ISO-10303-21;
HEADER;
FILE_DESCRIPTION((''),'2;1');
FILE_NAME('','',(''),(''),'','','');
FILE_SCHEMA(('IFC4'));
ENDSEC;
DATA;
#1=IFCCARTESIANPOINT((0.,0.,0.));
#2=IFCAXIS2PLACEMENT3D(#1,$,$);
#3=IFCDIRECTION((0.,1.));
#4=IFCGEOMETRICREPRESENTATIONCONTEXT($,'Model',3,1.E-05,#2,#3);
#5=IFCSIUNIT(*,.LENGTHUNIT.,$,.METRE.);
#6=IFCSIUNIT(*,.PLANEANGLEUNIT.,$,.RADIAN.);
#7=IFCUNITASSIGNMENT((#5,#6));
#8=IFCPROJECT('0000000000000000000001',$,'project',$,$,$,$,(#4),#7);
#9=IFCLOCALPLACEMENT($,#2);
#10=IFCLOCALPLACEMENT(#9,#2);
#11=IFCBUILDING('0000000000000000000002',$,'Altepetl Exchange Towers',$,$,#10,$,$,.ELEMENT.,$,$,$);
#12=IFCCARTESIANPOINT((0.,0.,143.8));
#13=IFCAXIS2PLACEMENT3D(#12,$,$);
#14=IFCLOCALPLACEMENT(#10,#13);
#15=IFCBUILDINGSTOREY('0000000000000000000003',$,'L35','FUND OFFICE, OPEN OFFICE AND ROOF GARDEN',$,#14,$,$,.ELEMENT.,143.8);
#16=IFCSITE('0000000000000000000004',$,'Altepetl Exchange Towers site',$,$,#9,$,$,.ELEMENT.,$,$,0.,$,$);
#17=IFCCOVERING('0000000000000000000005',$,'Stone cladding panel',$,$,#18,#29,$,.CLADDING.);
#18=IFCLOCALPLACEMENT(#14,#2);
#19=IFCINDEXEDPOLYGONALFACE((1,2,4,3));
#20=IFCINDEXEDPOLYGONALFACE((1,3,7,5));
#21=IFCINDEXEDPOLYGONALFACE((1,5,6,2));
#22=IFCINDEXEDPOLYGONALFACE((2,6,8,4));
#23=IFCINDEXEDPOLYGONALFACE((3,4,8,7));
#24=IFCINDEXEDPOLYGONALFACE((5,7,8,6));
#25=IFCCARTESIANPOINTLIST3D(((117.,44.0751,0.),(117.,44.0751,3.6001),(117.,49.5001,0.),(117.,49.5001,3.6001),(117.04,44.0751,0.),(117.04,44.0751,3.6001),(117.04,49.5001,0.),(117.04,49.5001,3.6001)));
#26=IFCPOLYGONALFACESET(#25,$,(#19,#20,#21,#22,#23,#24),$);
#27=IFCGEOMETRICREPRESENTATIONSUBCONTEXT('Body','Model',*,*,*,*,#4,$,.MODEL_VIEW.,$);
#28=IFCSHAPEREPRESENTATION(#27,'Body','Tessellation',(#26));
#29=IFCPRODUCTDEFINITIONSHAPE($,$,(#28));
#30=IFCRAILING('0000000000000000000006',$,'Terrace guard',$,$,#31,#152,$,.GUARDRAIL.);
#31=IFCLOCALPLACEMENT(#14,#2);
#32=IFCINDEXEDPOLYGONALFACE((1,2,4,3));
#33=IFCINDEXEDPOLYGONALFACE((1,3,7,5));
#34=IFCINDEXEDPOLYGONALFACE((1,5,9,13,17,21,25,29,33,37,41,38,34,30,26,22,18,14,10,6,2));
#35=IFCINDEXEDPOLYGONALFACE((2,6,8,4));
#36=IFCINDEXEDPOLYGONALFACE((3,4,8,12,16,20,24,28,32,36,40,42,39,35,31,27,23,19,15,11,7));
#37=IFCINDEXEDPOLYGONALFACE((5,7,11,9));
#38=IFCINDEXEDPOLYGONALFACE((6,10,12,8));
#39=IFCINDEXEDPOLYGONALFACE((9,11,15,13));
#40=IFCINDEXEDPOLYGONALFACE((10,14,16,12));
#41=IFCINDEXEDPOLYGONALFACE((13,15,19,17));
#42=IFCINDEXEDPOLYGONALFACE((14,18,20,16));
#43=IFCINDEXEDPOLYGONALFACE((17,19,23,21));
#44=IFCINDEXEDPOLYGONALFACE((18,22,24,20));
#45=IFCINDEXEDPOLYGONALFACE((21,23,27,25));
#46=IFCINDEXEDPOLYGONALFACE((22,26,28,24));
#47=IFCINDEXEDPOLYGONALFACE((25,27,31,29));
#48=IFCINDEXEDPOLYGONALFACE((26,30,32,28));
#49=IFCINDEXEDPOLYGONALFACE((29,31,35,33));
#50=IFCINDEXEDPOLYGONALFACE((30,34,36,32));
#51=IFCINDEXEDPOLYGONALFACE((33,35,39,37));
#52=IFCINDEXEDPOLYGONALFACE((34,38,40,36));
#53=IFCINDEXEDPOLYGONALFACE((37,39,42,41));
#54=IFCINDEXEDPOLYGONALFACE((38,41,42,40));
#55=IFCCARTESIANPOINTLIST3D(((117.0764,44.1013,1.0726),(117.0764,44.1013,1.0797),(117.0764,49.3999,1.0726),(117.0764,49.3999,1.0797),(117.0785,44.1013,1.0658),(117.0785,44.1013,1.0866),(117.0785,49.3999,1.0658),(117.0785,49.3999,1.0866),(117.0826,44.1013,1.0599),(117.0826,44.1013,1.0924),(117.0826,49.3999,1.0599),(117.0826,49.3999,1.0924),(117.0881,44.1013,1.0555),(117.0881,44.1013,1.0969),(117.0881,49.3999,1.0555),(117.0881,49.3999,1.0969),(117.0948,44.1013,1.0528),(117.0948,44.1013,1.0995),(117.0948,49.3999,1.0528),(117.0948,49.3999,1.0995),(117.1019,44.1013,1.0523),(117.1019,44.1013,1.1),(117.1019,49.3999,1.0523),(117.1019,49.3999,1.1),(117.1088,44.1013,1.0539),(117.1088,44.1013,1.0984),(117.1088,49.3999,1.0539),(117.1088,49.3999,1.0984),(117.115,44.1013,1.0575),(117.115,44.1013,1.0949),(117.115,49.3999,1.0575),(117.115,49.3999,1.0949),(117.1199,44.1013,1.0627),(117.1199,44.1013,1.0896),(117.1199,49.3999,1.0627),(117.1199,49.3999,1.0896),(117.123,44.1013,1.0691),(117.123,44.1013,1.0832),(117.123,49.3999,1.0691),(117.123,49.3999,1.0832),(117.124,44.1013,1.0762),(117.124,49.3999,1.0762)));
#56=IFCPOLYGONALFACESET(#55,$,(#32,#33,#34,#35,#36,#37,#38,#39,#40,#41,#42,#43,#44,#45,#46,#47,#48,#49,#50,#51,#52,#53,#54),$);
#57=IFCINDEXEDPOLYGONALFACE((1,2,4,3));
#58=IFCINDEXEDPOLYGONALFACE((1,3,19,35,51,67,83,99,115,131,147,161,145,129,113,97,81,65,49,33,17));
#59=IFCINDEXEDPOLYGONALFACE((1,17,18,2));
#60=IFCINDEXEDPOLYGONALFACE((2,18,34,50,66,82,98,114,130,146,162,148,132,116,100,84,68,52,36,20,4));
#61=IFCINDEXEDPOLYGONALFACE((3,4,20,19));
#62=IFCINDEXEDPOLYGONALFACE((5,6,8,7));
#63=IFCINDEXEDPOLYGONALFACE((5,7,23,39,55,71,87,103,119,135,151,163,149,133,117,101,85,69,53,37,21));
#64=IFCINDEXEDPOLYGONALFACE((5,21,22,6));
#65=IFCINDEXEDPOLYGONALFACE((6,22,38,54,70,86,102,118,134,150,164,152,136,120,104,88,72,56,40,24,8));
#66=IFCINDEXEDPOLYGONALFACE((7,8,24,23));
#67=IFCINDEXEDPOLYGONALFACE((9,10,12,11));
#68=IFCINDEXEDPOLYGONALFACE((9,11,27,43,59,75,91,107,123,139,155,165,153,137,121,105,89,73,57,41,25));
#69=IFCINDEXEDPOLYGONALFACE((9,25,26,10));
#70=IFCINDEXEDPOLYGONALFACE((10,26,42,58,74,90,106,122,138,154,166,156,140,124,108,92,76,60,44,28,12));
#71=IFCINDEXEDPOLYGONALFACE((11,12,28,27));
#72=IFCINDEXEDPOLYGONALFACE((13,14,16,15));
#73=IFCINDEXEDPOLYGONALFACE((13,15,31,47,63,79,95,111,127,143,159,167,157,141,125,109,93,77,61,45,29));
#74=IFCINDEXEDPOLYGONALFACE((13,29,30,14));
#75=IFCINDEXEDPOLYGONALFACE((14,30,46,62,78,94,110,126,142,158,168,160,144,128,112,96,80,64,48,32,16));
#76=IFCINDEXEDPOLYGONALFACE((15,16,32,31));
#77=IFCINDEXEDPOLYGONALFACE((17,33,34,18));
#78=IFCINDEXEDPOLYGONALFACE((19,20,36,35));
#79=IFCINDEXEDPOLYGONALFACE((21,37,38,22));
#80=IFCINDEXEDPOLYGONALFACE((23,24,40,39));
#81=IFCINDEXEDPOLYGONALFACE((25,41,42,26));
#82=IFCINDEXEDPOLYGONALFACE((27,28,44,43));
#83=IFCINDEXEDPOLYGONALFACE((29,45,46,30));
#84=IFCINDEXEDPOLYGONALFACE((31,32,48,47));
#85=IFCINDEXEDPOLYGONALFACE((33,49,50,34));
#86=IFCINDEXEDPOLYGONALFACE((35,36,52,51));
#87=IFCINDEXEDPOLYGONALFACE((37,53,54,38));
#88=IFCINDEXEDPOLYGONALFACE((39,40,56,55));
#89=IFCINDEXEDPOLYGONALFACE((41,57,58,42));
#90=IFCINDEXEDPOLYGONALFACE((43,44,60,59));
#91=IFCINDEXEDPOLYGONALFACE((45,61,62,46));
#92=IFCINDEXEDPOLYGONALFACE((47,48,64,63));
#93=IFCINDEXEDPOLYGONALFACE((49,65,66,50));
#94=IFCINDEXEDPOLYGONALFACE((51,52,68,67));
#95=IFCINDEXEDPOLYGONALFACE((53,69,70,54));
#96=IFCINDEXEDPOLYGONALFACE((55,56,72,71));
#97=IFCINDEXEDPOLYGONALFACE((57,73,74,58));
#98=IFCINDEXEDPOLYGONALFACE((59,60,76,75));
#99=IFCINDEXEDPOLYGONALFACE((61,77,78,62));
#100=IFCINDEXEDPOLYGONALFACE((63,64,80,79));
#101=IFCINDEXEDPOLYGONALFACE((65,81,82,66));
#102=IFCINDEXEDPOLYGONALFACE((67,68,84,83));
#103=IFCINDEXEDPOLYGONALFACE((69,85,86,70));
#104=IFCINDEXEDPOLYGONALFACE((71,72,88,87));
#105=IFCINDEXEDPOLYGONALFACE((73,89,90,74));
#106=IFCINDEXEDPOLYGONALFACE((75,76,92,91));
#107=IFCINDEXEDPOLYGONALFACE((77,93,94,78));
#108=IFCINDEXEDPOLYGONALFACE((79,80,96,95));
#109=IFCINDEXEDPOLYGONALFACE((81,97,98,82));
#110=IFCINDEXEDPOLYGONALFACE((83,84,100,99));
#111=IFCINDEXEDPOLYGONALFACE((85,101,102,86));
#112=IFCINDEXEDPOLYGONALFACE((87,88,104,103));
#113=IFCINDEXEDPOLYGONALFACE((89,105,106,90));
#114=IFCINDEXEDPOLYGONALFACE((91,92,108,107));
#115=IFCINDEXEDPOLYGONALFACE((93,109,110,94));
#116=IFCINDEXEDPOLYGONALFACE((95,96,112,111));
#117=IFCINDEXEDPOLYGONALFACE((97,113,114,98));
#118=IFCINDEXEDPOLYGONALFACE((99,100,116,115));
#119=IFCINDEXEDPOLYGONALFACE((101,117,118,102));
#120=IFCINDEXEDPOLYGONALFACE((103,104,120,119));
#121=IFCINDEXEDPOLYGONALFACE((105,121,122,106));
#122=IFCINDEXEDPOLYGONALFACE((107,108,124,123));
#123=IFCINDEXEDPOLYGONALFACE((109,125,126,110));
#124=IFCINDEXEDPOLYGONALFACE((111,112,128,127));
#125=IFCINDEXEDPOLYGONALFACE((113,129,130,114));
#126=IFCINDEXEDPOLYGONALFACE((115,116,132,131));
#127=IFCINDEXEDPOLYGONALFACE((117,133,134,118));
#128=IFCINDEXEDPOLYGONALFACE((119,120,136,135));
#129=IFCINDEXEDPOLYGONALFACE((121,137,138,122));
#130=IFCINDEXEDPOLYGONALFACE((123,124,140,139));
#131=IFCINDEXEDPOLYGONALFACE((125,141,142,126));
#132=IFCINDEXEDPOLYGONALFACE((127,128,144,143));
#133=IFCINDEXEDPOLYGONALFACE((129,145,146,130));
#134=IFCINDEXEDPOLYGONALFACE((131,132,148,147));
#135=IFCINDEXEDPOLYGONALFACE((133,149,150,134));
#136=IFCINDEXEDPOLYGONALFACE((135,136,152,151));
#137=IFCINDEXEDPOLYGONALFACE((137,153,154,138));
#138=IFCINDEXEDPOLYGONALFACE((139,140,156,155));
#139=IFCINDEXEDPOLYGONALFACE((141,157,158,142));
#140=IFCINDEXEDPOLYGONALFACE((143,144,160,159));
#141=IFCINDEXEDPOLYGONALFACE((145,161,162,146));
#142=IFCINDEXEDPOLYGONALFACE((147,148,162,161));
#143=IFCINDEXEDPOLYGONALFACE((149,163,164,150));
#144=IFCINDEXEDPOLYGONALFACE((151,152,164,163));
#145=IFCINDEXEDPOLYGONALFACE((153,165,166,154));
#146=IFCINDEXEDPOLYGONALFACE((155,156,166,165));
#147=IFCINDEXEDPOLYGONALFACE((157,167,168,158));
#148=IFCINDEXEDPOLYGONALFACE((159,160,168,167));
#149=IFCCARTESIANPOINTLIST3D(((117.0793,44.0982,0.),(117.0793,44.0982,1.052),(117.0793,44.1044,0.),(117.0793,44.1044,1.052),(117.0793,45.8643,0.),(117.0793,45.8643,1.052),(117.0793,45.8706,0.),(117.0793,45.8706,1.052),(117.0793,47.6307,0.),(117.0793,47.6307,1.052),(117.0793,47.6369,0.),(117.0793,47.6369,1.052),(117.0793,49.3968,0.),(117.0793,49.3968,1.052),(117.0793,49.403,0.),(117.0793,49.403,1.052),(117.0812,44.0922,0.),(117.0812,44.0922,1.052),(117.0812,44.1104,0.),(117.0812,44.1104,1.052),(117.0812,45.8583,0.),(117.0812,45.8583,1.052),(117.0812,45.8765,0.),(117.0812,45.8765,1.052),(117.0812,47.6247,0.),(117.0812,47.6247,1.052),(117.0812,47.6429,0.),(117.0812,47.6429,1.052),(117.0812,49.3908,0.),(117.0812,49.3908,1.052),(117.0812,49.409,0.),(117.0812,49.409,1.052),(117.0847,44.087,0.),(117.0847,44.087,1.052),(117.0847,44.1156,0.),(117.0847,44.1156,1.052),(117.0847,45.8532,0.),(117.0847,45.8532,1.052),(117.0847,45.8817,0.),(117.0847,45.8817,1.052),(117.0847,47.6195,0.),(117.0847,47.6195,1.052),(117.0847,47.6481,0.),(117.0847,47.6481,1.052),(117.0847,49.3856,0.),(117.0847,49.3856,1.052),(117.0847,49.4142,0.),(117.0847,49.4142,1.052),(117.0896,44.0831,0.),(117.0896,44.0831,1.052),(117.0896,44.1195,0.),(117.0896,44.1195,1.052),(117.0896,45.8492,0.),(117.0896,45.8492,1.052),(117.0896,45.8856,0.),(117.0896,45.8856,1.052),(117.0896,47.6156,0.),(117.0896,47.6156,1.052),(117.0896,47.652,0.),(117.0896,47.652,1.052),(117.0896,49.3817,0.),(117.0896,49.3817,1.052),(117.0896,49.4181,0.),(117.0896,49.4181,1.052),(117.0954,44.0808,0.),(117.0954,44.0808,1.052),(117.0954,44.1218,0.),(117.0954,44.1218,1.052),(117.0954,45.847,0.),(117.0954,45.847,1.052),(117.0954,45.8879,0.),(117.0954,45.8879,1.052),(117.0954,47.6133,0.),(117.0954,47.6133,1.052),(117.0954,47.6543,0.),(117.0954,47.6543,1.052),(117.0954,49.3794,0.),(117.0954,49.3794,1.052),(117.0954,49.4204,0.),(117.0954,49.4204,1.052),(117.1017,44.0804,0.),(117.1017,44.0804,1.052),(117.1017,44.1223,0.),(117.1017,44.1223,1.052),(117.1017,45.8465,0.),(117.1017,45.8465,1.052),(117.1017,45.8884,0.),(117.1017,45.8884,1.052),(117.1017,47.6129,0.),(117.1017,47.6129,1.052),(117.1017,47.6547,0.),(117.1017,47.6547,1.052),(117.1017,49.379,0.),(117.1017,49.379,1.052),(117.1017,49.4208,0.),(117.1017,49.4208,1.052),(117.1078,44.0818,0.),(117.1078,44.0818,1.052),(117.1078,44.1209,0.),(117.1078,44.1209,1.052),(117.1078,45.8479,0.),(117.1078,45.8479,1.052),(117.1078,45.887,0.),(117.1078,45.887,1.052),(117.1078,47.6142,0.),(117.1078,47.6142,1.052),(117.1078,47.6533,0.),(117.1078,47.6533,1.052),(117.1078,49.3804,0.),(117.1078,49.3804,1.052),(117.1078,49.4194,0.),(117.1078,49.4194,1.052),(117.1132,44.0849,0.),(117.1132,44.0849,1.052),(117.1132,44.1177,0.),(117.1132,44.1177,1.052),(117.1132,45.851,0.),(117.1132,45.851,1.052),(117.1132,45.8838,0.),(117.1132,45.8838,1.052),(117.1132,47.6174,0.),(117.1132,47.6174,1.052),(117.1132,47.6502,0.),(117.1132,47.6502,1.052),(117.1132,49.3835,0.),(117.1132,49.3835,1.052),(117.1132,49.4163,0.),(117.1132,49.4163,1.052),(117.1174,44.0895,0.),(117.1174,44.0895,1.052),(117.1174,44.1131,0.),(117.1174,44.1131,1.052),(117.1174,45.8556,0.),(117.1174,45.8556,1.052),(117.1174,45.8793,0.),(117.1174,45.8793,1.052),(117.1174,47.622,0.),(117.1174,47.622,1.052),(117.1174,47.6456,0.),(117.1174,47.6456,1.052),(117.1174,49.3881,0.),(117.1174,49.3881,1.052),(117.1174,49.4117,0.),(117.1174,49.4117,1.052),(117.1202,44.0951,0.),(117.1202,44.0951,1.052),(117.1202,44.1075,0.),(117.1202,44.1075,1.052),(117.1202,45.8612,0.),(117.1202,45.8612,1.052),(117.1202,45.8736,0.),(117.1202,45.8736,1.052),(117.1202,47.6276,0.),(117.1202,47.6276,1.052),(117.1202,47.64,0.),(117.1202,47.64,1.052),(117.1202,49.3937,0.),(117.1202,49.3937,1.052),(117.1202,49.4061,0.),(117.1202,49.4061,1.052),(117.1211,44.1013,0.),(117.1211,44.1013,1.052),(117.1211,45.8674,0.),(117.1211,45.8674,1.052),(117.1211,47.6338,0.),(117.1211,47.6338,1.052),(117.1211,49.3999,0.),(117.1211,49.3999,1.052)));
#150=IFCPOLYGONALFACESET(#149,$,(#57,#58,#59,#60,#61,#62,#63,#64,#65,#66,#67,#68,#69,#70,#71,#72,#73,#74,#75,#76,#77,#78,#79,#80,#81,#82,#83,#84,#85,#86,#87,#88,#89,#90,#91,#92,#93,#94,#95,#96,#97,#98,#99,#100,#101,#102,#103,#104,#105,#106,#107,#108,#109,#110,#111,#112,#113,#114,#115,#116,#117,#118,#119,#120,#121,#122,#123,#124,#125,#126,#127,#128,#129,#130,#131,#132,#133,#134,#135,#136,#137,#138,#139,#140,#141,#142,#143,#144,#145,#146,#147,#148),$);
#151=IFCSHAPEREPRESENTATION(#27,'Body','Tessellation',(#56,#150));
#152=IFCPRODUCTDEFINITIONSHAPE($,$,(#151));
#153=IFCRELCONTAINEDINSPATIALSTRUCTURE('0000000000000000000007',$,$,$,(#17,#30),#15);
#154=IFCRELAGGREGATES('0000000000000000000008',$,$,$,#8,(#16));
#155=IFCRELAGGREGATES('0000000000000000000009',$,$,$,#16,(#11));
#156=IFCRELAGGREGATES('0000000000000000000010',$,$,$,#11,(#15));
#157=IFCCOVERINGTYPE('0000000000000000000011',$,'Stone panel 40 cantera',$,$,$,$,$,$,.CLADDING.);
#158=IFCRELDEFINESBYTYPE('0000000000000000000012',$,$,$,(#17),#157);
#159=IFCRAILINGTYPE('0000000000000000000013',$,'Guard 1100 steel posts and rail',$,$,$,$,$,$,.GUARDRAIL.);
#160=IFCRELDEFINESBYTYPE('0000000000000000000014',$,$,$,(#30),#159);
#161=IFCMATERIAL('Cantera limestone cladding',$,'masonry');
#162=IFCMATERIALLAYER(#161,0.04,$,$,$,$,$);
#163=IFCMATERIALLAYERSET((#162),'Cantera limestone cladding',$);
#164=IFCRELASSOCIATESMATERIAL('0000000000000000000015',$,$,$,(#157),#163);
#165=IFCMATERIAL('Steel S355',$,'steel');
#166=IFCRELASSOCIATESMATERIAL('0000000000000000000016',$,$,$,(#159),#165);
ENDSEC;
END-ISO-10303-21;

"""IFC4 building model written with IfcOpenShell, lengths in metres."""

from ifc_helpers import new_model, si_unit, direction, frame, origin, origin_2d, place, context, subcontext, project, spatial, rectangle, circle, extrude, source, transform, mapped, material, layer, layer_set, type_object, element, save


model = new_model("IFC4")

# Units and contexts
model_context = context("Model", 3, precision=1e-05, world=origin(), true_north=direction((0.0, 1.0)))
body_context = subcontext(model_context, "Body", "Model", "MODEL_VIEW")
ifc_project = project(units=[si_unit("LENGTHUNIT", "METRE"), si_unit("PLANEANGLEUNIT", "RADIAN")], contexts=[model_context])

# Site, building, storey
site_placement = place(None, origin())
site = spatial("IfcSite", under=ifc_project, at=site_placement, Name="Altepetl Exchange Towers site", CompositionType="ELEMENT", RefElevation=0.0)
building_placement = place(site_placement, origin())
building = spatial("IfcBuilding", under=site, at=building_placement, Name="Altepetl Exchange Towers", CompositionType="ELEMENT")
storey_placement = place(building_placement, frame((0.0, 0.0, 143.8)))
storey = spatial("IfcBuildingStorey", under=building, at=storey_placement, Name="L35", Description="FUND OFFICE, OPEN OFFICE AND ROOF GARDEN", CompositionType="ELEMENT", Elevation=143.8)

# Shared definitions
ifc_material_1 = material(Name="Steel S355", Category="steel")

# Covering
ifc_material_2 = material(Name="Cantera limestone cladding", Category="masonry")
ifc_layer_1 = layer(ifc_material_2, 0.04)
ifc_layer_set_1 = layer_set([ifc_layer_1], Name="Cantera limestone cladding")
covering_type = type_object("IfcCoveringType", Name="Stone panel 40 cantera", PredefinedType="CLADDING", material=ifc_layer_set_1)
covering_1_placement = place(storey_placement, frame((117.02, 46.7876, 0.0), z_axis=(0.0, 0.0, 1.0), x_axis=(0.0, 1.0, 0.0)))
element("IfcCovering", 1, at=covering_1_placement, inside=storey, type_object=covering_type, Name="Stone cladding panel", PredefinedType="CLADDING", context=body_context, shape_type="SweptSolid", body=[
    extrude(rectangle(XDim=5.425, YDim=0.04, at=origin_2d()), origin(), (0.0, 0.0, 1.0), 3.6001),
])

# Railing
railing_type_1 = type_object("IfcRailingType", Name="Guard 1100 steel posts and rail", PredefinedType="GUARDRAIL", material=ifc_material_1)
shared_shape_1 = source(origin(), body_context, "Body", "SweptSolid", [
    extrude(circle(Radius=0.021, at=origin_2d()), origin(), (0.0, 0.0, 1.0), 1.052),
])
railing_1_placement = place(storey_placement, frame((117.1001, 49.3999, 0.0)))
element("IfcRailing", 2, at=railing_1_placement, inside=storey, type_object=railing_type_1, Name="Terrace guard", PredefinedType="GUARDRAIL", context=body_context, shape_type="SweptSolid", body=[
    extrude(circle(Radius=0.0239, at=origin_2d()), frame((0.0, 0.0, 1.0762), z_axis=(0.0, -1.0, 0.0), x_axis=(1.0, 0.0, 0.0)), (0.0, 0.0, 1.0), 5.2986),
    mapped(shared_shape_1, transform((0.0, 0.0, 0.0))),
    mapped(shared_shape_1, transform((0.0, -1.7661, 0.0))),
    mapped(shared_shape_1, transform((0.0, -3.5325, 0.0))),
    mapped(shared_shape_1, transform((0.0, -5.2986, 0.0))),
])

save(model, "model.ifc")
